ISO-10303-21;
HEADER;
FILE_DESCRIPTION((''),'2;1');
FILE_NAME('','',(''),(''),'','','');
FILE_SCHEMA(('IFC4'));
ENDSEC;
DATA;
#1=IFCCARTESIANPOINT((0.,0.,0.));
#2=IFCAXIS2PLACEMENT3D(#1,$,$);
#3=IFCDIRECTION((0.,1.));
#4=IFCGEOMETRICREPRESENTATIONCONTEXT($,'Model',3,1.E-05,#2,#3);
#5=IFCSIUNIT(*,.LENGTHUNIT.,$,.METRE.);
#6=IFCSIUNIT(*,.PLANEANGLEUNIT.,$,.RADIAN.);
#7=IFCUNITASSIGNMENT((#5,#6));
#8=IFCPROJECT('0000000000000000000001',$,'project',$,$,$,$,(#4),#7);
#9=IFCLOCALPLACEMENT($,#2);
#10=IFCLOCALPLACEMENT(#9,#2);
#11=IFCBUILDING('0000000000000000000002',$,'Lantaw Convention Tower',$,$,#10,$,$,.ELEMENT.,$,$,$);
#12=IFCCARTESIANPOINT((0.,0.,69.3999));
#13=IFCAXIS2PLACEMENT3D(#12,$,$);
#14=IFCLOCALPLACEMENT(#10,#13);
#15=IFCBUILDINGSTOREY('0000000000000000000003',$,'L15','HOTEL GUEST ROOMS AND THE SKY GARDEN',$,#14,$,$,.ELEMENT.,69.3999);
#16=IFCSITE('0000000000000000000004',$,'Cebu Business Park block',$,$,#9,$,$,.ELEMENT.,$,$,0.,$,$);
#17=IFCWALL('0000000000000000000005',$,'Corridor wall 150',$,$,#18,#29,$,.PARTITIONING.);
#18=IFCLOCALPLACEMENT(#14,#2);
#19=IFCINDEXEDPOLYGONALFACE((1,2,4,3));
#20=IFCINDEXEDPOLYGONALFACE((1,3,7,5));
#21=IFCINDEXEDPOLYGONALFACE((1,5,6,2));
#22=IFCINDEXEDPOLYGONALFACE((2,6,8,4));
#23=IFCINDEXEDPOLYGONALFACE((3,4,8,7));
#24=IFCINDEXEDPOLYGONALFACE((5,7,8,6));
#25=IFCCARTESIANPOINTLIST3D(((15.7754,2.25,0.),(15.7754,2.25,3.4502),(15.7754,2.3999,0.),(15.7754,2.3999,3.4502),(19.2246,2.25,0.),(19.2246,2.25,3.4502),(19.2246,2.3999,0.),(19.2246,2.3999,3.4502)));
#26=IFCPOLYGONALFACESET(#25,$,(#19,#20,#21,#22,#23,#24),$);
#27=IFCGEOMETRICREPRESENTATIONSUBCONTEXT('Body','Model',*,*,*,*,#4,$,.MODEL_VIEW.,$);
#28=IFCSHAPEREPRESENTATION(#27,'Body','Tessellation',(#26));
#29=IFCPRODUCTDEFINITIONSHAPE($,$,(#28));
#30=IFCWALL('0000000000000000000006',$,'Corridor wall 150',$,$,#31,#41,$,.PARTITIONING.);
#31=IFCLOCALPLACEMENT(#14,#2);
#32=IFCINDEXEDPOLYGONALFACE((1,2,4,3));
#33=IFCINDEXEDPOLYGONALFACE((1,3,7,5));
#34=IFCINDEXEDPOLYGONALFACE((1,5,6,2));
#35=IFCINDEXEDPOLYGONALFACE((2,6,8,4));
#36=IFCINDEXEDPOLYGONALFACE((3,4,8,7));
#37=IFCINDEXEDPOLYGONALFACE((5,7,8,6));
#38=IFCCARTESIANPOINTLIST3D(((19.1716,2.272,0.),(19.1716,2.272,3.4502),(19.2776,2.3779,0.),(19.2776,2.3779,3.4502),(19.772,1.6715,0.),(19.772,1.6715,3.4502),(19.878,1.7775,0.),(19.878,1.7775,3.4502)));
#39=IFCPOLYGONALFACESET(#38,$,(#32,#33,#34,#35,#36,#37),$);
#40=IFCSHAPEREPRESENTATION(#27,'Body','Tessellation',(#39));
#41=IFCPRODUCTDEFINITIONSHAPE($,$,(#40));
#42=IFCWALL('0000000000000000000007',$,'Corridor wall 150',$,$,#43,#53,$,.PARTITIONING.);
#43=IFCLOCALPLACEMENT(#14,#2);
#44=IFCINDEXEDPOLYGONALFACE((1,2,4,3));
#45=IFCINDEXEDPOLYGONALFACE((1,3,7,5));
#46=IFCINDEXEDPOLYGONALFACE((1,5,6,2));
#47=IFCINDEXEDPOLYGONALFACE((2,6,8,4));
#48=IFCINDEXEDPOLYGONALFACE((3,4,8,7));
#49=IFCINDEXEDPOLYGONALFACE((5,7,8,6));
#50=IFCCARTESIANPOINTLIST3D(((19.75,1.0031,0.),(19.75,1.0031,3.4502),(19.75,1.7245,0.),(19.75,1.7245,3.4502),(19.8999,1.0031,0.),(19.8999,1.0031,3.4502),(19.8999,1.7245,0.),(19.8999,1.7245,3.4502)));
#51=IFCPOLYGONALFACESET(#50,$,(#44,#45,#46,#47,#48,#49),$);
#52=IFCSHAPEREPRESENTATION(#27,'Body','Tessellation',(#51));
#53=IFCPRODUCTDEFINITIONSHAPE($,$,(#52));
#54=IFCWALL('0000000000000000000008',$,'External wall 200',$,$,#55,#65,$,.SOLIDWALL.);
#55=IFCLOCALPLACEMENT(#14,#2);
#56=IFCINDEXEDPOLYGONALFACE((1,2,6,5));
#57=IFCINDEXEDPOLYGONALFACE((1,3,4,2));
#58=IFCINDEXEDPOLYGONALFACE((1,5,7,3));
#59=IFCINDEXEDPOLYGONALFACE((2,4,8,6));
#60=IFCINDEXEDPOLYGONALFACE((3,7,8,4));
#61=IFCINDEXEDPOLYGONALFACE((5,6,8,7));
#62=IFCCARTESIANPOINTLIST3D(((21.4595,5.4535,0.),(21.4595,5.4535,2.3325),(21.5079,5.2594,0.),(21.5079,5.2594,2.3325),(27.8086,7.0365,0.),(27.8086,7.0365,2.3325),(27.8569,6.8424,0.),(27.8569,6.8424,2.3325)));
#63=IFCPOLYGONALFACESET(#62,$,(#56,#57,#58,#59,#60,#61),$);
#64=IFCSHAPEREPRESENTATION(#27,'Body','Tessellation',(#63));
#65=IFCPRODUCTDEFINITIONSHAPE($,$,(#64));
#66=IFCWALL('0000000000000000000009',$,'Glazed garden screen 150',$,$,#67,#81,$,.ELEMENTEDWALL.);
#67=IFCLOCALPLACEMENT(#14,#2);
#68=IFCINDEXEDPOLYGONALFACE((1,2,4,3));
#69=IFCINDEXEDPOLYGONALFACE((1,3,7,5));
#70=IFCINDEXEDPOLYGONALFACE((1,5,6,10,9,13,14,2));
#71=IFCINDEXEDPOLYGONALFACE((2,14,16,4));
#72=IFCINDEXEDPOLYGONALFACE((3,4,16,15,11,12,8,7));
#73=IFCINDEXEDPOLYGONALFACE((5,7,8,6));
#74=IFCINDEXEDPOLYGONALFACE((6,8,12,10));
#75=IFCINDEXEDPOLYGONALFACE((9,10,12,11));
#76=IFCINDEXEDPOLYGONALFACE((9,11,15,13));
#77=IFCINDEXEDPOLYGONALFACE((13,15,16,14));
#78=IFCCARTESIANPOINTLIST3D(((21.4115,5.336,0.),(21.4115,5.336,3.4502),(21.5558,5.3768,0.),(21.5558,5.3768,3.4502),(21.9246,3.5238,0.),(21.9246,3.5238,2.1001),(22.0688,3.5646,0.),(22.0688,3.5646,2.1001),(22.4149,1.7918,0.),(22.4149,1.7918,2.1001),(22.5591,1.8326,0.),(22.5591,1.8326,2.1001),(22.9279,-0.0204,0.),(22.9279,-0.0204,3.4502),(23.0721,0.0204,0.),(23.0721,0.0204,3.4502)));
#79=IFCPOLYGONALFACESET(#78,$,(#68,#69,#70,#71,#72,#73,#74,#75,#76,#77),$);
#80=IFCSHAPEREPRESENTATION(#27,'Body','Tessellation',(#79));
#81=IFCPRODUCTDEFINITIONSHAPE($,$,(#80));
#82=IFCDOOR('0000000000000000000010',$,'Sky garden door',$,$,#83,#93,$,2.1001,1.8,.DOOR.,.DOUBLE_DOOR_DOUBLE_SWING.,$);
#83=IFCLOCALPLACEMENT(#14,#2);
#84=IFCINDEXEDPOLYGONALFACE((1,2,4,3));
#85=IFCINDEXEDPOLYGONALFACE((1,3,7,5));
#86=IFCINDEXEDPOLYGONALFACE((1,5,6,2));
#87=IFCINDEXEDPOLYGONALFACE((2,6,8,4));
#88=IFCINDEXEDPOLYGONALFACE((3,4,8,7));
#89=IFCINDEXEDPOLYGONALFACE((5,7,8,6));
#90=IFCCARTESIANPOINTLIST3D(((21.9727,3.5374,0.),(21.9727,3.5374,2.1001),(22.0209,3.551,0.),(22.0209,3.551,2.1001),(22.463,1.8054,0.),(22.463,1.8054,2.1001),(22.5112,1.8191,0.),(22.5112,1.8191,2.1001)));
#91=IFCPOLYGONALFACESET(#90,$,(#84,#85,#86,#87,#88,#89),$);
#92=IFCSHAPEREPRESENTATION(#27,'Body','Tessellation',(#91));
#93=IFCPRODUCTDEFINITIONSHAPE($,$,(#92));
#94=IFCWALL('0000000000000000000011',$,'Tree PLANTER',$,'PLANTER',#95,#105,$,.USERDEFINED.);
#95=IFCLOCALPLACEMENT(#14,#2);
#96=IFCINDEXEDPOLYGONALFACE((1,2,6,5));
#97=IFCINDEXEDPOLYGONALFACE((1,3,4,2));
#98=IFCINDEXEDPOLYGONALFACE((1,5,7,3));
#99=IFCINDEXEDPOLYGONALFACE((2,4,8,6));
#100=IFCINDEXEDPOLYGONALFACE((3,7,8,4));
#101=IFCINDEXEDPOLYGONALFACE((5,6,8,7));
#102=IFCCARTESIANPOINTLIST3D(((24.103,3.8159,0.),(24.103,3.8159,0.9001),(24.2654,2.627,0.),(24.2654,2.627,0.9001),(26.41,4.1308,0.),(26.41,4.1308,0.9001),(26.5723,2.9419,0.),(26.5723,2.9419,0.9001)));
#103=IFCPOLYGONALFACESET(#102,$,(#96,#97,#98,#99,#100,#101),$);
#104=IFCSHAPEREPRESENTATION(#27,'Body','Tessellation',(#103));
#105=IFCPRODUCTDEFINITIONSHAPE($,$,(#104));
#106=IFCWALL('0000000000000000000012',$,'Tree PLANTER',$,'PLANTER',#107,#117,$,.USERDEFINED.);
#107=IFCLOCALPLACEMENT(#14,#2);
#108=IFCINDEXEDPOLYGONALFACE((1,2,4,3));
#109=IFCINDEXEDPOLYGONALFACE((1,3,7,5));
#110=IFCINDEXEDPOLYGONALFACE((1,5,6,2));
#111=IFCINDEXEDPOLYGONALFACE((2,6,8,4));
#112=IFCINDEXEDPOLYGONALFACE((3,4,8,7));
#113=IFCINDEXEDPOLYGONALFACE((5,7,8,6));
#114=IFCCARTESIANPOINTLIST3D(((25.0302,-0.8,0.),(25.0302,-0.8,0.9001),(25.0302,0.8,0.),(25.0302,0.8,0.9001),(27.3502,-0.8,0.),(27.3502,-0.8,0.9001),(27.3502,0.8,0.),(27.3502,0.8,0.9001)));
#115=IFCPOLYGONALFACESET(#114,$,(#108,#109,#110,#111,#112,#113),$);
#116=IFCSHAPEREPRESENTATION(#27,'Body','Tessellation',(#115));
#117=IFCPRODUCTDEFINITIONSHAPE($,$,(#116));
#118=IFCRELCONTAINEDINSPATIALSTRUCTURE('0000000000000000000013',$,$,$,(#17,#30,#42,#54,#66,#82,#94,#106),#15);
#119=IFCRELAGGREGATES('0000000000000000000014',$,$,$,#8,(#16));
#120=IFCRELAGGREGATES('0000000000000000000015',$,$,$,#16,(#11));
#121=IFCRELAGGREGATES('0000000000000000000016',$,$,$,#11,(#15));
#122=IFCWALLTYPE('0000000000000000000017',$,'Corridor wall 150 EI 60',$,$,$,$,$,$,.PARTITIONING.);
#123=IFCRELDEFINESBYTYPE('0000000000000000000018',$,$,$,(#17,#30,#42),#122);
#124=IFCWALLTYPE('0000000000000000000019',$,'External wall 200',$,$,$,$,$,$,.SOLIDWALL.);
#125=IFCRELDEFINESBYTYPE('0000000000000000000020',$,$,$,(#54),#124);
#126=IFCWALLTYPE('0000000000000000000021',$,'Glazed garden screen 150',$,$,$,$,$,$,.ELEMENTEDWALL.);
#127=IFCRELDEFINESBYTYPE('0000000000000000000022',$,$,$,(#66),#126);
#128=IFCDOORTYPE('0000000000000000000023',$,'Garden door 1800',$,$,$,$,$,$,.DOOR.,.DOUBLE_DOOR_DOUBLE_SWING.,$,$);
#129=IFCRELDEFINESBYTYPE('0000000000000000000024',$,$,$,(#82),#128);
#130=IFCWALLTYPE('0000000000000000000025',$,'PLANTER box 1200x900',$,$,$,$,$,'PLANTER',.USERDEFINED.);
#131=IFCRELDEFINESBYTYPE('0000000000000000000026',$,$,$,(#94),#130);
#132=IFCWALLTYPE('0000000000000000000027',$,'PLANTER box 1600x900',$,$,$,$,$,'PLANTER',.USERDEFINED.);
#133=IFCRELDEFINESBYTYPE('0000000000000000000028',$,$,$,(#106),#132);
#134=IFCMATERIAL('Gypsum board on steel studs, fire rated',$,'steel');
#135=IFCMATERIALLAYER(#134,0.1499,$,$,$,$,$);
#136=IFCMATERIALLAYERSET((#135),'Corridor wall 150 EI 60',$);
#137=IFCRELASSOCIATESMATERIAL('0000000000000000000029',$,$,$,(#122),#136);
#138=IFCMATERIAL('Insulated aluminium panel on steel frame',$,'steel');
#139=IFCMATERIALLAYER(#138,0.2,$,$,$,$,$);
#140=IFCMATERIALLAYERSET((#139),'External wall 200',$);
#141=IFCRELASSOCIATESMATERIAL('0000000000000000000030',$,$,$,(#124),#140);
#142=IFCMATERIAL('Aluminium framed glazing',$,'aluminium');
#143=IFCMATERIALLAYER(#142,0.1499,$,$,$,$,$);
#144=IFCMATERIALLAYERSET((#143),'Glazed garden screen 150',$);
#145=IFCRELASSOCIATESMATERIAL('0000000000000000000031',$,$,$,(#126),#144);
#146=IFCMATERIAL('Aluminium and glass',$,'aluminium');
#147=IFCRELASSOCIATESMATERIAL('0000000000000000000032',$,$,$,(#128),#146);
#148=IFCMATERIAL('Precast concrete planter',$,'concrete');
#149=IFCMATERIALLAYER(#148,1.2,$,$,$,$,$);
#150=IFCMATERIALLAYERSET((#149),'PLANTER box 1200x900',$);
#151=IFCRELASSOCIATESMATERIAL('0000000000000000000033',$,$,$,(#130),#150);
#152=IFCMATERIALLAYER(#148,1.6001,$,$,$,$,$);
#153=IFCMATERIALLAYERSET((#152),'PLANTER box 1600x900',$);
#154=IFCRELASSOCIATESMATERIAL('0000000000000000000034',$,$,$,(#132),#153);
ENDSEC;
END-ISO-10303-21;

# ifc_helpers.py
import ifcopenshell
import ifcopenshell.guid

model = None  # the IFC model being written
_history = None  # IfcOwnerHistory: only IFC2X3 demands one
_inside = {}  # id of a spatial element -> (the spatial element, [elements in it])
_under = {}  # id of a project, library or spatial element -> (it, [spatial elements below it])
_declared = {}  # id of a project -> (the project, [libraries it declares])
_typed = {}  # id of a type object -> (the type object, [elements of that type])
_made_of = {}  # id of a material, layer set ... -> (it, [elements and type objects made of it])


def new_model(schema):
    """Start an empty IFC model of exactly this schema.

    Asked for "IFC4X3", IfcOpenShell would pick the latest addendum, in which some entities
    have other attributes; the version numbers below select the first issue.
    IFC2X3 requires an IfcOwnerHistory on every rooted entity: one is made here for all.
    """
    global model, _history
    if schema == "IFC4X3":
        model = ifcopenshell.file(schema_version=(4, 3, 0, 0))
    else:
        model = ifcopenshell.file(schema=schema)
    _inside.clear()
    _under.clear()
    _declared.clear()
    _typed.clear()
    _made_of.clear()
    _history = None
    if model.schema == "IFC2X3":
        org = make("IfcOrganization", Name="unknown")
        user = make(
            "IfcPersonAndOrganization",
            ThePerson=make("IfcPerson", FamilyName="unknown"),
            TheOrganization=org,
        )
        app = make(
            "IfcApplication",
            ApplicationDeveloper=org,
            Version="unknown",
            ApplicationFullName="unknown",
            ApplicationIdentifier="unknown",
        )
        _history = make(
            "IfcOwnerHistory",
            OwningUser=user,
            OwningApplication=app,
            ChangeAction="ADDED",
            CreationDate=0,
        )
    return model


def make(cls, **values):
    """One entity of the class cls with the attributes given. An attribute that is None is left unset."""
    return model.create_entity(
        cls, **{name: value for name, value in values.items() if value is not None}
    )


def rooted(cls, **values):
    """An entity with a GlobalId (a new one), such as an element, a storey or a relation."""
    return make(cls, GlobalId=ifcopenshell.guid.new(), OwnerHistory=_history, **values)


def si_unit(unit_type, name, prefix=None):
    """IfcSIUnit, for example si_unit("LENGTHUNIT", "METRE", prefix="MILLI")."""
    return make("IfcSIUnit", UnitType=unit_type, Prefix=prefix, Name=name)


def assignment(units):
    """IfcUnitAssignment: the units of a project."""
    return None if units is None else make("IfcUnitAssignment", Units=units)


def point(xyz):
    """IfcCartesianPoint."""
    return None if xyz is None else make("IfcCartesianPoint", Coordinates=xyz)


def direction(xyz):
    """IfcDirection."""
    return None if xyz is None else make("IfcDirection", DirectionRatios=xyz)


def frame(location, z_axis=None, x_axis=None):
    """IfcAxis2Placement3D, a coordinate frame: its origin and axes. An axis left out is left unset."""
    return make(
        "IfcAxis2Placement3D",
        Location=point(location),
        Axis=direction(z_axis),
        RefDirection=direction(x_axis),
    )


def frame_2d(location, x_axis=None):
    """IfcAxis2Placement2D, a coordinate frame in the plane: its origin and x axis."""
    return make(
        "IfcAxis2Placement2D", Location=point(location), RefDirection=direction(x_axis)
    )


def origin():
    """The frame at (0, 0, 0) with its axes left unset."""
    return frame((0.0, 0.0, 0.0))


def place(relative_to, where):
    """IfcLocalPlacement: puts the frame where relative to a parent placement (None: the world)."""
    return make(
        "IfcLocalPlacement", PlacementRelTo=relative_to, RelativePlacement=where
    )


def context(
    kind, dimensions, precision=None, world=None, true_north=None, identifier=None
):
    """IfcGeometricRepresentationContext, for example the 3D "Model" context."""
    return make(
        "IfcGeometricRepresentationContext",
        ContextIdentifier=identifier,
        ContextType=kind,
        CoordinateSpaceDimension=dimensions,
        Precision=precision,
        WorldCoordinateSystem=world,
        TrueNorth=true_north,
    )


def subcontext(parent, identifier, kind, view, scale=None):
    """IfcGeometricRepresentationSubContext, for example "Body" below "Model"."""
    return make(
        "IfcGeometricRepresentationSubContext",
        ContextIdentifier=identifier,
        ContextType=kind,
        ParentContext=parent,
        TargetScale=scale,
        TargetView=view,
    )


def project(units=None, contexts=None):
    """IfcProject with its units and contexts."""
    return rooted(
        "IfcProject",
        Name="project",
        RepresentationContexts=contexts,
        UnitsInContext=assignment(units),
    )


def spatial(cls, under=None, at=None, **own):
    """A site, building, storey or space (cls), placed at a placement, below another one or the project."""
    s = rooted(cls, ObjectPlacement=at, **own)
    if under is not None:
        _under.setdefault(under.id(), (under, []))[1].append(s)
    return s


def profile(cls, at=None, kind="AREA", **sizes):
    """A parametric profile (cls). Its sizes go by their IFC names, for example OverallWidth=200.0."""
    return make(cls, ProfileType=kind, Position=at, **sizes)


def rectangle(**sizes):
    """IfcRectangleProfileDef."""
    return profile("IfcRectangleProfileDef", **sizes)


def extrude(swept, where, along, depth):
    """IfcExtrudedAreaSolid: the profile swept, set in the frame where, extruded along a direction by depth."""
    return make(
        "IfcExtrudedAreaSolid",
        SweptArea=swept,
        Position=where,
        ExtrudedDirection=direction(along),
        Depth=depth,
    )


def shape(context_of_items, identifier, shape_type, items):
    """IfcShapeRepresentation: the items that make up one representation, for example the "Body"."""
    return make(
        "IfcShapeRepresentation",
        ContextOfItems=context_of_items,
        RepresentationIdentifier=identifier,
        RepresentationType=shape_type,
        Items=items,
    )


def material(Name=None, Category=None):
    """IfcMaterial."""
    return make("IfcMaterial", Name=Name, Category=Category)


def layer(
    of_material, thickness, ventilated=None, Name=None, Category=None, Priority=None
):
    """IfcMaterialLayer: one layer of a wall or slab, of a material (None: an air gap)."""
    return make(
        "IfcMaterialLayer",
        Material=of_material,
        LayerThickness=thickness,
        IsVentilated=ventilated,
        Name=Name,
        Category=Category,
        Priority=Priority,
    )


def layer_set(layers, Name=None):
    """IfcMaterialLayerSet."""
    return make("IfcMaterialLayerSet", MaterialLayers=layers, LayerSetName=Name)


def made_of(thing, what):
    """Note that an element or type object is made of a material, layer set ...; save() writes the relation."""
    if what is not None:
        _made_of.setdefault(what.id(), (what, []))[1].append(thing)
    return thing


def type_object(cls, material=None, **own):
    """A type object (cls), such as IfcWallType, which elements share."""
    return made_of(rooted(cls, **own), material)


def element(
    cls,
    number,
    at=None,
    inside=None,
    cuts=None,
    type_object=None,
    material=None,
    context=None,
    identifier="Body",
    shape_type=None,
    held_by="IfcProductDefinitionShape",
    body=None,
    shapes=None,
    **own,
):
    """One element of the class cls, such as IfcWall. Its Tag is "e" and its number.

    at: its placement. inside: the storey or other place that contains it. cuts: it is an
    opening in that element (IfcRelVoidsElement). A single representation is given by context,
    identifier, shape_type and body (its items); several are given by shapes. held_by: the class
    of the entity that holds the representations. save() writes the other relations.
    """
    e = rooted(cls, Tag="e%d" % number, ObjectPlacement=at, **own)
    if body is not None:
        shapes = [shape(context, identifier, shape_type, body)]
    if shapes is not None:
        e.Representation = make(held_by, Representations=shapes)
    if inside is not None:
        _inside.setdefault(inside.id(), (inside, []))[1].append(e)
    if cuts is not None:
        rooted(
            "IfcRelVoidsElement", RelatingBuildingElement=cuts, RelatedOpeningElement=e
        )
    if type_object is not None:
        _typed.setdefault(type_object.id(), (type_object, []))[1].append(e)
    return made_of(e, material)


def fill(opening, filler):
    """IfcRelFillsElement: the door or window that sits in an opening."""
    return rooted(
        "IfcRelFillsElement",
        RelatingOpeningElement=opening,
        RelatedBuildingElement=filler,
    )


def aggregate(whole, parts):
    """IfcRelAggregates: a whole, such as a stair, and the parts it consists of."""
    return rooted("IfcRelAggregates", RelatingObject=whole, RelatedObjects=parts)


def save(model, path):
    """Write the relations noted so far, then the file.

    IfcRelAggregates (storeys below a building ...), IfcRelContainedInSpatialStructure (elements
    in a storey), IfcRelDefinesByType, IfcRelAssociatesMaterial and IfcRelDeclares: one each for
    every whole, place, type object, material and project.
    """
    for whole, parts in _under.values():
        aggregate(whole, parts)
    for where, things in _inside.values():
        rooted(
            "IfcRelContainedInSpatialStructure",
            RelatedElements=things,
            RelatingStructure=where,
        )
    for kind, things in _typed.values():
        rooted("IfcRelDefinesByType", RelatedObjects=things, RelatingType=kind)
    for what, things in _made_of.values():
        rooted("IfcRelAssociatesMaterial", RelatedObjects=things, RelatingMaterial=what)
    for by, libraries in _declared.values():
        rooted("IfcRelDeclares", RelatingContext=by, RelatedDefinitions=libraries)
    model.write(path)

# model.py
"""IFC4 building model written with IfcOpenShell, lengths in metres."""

from ifc_helpers import new_model, si_unit, direction, frame, frame_2d, origin, place, context, subcontext, project, spatial, rectangle, extrude, material, layer, layer_set, type_object, element, fill, save


model = new_model("IFC4")

# Units and contexts
model_context = context("Model", 3, precision=1e-05, world=origin(), true_north=direction((0.0, 1.0)))
body_context = subcontext(model_context, "Body", "Model", "MODEL_VIEW")
ifc_project = project(units=[si_unit("LENGTHUNIT", "METRE"), si_unit("PLANEANGLEUNIT", "RADIAN")], contexts=[model_context])

# Site, building, storey
site_placement = place(None, origin())
site = spatial("IfcSite", under=ifc_project, at=site_placement, Name="Cebu Business Park block", CompositionType="ELEMENT", RefElevation=0.0)
building_placement = place(site_placement, origin())
building = spatial("IfcBuilding", under=site, at=building_placement, Name="Lantaw Convention Tower", CompositionType="ELEMENT")
storey_placement = place(building_placement, frame((0.0, 0.0, 69.3999)))
storey = spatial("IfcBuildingStorey", under=building, at=storey_placement, Name="L15", Description="HOTEL GUEST ROOMS AND THE SKY GARDEN", CompositionType="ELEMENT", Elevation=69.3999)

# Shared definitions
ifc_material_1 = material(Name="Gypsum board on steel studs, fire rated", Category="steel")
ifc_layer_1 = layer(ifc_material_1, 0.1499)
ifc_layer_set_1 = layer_set([ifc_layer_1], Name="Corridor wall 150 EI 60")
wall_type_1 = type_object("IfcWallType", Name="Corridor wall 150 EI 60", PredefinedType="PARTITIONING", material=ifc_layer_set_1)

# Walls
wall_1_placement = place(storey_placement, frame((15.7754, 2.325, 0.0), z_axis=(0.0, 0.0, 1.0), x_axis=(1.0, 0.0, 0.0)))
element("IfcWall", 1, at=wall_1_placement, inside=storey, type_object=wall_type_1, Name="Corridor wall 150", PredefinedType="PARTITIONING", context=body_context, shape_type="SweptSolid", body=[
    extrude(rectangle(XDim=3.4492, YDim=0.1499, at=frame_2d((1.7246, 0.0))), origin(), (0.0, 0.0, 1.0), 3.4502),
])
wall_2_placement = place(storey_placement, frame((19.2246, 2.325, 0.0), z_axis=(0.0, 0.0, 1.0), x_axis=(0.707107, -0.707107, 0.0)))
element("IfcWall", 2, at=wall_2_placement, inside=storey, type_object=wall_type_1, Name="Corridor wall 150", PredefinedType="PARTITIONING", context=body_context, shape_type="SweptSolid", body=[
    extrude(rectangle(XDim=0.8491, YDim=0.1499, at=frame_2d((0.4246, 0.0))), origin(), (0.0, 0.0, 1.0), 3.4502),
])
wall_3_placement = place(storey_placement, frame((19.825, 1.7246, 0.0), z_axis=(0.0, 0.0, 1.0), x_axis=(0.0, -1.0, 0.0)))
element("IfcWall", 3, at=wall_3_placement, inside=storey, type_object=wall_type_1, Name="Corridor wall 150", PredefinedType="PARTITIONING", context=body_context, shape_type="SweptSolid", body=[
    extrude(rectangle(XDim=0.7214, YDim=0.1499, at=frame_2d((0.3608, 0.0))), origin(), (0.0, 0.0, 1.0), 3.4502),
])
ifc_material_2 = material(Name="Insulated aluminium panel on steel frame", Category="steel")
ifc_layer_2 = layer(ifc_material_2, 0.2)
ifc_layer_set_2 = layer_set([ifc_layer_2], Name="External wall 200")
wall_type_2 = type_object("IfcWallType", Name="External wall 200", PredefinedType="SOLIDWALL", material=ifc_layer_set_2)
wall_4_placement = place(storey_placement, frame((27.8328, 6.9395, 0.0), z_axis=(0.0, 0.0, 1.0), x_axis=(-0.970296, -0.241921, 0.0)))
element("IfcWall", 4, at=wall_4_placement, inside=storey, type_object=wall_type_2, Name="External wall 200", PredefinedType="SOLIDWALL", context=body_context, shape_type="SweptSolid", body=[
    extrude(rectangle(XDim=6.5435, YDim=0.2, at=frame_2d((3.2717, 0.0))), origin(), (0.0, 0.0, 1.0), 2.3325),
])

# Wall, opening, door
ifc_material_3 = material(Name="Aluminium framed glazing", Category="aluminium")
ifc_layer_3 = layer(ifc_material_3, 0.1499)
ifc_layer_set_3 = layer_set([ifc_layer_3], Name="Glazed garden screen 150")
wall_type_3 = type_object("IfcWallType", Name="Glazed garden screen 150", PredefinedType="ELEMENTEDWALL", material=ifc_layer_set_3)
wall_5_placement = place(storey_placement, frame((23.0, 0.0, 0.0), z_axis=(0.0, 0.0, 1.0), x_axis=(-0.272386, 0.962188, 0.0)))
wall_5 = element("IfcWall", 5, at=wall_5_placement, inside=storey, type_object=wall_type_3, Name="Glazed garden screen 150", PredefinedType="ELEMENTEDWALL", context=body_context, shape_type="SweptSolid", body=[
    extrude(rectangle(XDim=5.5669, YDim=0.1499, at=frame_2d((2.7834, 0.0))), origin(), (0.0, 0.0, 1.0), 3.4502),
])
opening_1_placement = place(wall_5_placement, frame((1.8835, 0.0, 0.0)))
opening_1 = element("IfcOpeningElement", 6, at=opening_1_placement, cuts=wall_5, PredefinedType="OPENING", context=body_context, shape_type="SweptSolid", body=[
    extrude(rectangle(XDim=1.8, YDim=2.1001, at=frame_2d((0.8999, 1.05))), frame((0.0, 0.085, 0.0), z_axis=(0.0, -1.0, 0.0), x_axis=(1.0, 0.0, 0.0)), (0.0, 0.0, 1.0), 0.1699),
])
ifc_material_4 = material(Name="Aluminium and glass", Category="aluminium")
door_type_1 = type_object("IfcDoorType", Name="Garden door 1800", OperationType="DOUBLE_DOOR_DOUBLE_SWING", PredefinedType="DOOR", material=ifc_material_4)
door_1_placement = place(opening_1_placement, origin())
door_1 = element("IfcDoor", 7, at=door_1_placement, inside=storey, type_object=door_type_1, Name="Sky garden door", OperationType="DOUBLE_DOOR_DOUBLE_SWING", OverallHeight=2.1001, OverallWidth=1.8, PredefinedType="DOOR", context=body_context, shape_type="SweptSolid", body=[
    extrude(rectangle(XDim=1.8, YDim=2.1001, at=frame_2d((0.8999, 1.05))), frame((0.0, 0.0249, 0.0), z_axis=(0.0, -1.0, 0.0), x_axis=(1.0, 0.0, 0.0)), (0.0, 0.0, 1.0), 0.05),
])
fill(opening_1, door_1)

# Walls
ifc_material_5 = material(Name="Precast concrete planter", Category="concrete")
ifc_layer_4 = layer(ifc_material_5, 1.2)
ifc_layer_set_4 = layer_set([ifc_layer_4], Name="PLANTER box 1200x900")
wall_type_4 = type_object("IfcWallType", Name="PLANTER box 1200x900", ElementType="PLANTER", PredefinedType="USERDEFINED", material=ifc_layer_set_4)
wall_6_placement = place(storey_placement, frame((24.1843, 3.2214, 0.0), z_axis=(0.0, 0.0, 1.0), x_axis=(0.990809, 0.135268, 0.0)))
element("IfcWall", 8, at=wall_6_placement, inside=storey, type_object=wall_type_4, Name="Tree PLANTER", ObjectType="PLANTER", PredefinedType="USERDEFINED", context=body_context, shape_type="SweptSolid", body=[
    extrude(rectangle(XDim=2.3284, YDim=1.2, at=frame_2d((1.1641, 0.0))), origin(), (0.0, 0.0, 1.0), 0.9001),
])
ifc_layer_5 = layer(ifc_material_5, 1.6001)
ifc_layer_set_5 = layer_set([ifc_layer_5], Name="PLANTER box 1600x900")
wall_type_5 = type_object("IfcWallType", Name="PLANTER box 1600x900", ElementType="PLANTER", PredefinedType="USERDEFINED", material=ifc_layer_set_5)
wall_7_placement = place(storey_placement, frame((25.03, 0.0, 0.0), z_axis=(0.0, 0.0, 1.0), x_axis=(1.0, 0.0, 0.0)))
element("IfcWall", 9, at=wall_7_placement, inside=storey, type_object=wall_type_5, Name="Tree PLANTER", ObjectType="PLANTER", PredefinedType="USERDEFINED", context=body_context, shape_type="SweptSolid", body=[
    extrude(rectangle(XDim=2.3201, YDim=1.6001, at=frame_2d((1.1602, 0.0))), origin(), (0.0, 0.0, 1.0), 0.9001),
])

save(model, "model.ifc")
